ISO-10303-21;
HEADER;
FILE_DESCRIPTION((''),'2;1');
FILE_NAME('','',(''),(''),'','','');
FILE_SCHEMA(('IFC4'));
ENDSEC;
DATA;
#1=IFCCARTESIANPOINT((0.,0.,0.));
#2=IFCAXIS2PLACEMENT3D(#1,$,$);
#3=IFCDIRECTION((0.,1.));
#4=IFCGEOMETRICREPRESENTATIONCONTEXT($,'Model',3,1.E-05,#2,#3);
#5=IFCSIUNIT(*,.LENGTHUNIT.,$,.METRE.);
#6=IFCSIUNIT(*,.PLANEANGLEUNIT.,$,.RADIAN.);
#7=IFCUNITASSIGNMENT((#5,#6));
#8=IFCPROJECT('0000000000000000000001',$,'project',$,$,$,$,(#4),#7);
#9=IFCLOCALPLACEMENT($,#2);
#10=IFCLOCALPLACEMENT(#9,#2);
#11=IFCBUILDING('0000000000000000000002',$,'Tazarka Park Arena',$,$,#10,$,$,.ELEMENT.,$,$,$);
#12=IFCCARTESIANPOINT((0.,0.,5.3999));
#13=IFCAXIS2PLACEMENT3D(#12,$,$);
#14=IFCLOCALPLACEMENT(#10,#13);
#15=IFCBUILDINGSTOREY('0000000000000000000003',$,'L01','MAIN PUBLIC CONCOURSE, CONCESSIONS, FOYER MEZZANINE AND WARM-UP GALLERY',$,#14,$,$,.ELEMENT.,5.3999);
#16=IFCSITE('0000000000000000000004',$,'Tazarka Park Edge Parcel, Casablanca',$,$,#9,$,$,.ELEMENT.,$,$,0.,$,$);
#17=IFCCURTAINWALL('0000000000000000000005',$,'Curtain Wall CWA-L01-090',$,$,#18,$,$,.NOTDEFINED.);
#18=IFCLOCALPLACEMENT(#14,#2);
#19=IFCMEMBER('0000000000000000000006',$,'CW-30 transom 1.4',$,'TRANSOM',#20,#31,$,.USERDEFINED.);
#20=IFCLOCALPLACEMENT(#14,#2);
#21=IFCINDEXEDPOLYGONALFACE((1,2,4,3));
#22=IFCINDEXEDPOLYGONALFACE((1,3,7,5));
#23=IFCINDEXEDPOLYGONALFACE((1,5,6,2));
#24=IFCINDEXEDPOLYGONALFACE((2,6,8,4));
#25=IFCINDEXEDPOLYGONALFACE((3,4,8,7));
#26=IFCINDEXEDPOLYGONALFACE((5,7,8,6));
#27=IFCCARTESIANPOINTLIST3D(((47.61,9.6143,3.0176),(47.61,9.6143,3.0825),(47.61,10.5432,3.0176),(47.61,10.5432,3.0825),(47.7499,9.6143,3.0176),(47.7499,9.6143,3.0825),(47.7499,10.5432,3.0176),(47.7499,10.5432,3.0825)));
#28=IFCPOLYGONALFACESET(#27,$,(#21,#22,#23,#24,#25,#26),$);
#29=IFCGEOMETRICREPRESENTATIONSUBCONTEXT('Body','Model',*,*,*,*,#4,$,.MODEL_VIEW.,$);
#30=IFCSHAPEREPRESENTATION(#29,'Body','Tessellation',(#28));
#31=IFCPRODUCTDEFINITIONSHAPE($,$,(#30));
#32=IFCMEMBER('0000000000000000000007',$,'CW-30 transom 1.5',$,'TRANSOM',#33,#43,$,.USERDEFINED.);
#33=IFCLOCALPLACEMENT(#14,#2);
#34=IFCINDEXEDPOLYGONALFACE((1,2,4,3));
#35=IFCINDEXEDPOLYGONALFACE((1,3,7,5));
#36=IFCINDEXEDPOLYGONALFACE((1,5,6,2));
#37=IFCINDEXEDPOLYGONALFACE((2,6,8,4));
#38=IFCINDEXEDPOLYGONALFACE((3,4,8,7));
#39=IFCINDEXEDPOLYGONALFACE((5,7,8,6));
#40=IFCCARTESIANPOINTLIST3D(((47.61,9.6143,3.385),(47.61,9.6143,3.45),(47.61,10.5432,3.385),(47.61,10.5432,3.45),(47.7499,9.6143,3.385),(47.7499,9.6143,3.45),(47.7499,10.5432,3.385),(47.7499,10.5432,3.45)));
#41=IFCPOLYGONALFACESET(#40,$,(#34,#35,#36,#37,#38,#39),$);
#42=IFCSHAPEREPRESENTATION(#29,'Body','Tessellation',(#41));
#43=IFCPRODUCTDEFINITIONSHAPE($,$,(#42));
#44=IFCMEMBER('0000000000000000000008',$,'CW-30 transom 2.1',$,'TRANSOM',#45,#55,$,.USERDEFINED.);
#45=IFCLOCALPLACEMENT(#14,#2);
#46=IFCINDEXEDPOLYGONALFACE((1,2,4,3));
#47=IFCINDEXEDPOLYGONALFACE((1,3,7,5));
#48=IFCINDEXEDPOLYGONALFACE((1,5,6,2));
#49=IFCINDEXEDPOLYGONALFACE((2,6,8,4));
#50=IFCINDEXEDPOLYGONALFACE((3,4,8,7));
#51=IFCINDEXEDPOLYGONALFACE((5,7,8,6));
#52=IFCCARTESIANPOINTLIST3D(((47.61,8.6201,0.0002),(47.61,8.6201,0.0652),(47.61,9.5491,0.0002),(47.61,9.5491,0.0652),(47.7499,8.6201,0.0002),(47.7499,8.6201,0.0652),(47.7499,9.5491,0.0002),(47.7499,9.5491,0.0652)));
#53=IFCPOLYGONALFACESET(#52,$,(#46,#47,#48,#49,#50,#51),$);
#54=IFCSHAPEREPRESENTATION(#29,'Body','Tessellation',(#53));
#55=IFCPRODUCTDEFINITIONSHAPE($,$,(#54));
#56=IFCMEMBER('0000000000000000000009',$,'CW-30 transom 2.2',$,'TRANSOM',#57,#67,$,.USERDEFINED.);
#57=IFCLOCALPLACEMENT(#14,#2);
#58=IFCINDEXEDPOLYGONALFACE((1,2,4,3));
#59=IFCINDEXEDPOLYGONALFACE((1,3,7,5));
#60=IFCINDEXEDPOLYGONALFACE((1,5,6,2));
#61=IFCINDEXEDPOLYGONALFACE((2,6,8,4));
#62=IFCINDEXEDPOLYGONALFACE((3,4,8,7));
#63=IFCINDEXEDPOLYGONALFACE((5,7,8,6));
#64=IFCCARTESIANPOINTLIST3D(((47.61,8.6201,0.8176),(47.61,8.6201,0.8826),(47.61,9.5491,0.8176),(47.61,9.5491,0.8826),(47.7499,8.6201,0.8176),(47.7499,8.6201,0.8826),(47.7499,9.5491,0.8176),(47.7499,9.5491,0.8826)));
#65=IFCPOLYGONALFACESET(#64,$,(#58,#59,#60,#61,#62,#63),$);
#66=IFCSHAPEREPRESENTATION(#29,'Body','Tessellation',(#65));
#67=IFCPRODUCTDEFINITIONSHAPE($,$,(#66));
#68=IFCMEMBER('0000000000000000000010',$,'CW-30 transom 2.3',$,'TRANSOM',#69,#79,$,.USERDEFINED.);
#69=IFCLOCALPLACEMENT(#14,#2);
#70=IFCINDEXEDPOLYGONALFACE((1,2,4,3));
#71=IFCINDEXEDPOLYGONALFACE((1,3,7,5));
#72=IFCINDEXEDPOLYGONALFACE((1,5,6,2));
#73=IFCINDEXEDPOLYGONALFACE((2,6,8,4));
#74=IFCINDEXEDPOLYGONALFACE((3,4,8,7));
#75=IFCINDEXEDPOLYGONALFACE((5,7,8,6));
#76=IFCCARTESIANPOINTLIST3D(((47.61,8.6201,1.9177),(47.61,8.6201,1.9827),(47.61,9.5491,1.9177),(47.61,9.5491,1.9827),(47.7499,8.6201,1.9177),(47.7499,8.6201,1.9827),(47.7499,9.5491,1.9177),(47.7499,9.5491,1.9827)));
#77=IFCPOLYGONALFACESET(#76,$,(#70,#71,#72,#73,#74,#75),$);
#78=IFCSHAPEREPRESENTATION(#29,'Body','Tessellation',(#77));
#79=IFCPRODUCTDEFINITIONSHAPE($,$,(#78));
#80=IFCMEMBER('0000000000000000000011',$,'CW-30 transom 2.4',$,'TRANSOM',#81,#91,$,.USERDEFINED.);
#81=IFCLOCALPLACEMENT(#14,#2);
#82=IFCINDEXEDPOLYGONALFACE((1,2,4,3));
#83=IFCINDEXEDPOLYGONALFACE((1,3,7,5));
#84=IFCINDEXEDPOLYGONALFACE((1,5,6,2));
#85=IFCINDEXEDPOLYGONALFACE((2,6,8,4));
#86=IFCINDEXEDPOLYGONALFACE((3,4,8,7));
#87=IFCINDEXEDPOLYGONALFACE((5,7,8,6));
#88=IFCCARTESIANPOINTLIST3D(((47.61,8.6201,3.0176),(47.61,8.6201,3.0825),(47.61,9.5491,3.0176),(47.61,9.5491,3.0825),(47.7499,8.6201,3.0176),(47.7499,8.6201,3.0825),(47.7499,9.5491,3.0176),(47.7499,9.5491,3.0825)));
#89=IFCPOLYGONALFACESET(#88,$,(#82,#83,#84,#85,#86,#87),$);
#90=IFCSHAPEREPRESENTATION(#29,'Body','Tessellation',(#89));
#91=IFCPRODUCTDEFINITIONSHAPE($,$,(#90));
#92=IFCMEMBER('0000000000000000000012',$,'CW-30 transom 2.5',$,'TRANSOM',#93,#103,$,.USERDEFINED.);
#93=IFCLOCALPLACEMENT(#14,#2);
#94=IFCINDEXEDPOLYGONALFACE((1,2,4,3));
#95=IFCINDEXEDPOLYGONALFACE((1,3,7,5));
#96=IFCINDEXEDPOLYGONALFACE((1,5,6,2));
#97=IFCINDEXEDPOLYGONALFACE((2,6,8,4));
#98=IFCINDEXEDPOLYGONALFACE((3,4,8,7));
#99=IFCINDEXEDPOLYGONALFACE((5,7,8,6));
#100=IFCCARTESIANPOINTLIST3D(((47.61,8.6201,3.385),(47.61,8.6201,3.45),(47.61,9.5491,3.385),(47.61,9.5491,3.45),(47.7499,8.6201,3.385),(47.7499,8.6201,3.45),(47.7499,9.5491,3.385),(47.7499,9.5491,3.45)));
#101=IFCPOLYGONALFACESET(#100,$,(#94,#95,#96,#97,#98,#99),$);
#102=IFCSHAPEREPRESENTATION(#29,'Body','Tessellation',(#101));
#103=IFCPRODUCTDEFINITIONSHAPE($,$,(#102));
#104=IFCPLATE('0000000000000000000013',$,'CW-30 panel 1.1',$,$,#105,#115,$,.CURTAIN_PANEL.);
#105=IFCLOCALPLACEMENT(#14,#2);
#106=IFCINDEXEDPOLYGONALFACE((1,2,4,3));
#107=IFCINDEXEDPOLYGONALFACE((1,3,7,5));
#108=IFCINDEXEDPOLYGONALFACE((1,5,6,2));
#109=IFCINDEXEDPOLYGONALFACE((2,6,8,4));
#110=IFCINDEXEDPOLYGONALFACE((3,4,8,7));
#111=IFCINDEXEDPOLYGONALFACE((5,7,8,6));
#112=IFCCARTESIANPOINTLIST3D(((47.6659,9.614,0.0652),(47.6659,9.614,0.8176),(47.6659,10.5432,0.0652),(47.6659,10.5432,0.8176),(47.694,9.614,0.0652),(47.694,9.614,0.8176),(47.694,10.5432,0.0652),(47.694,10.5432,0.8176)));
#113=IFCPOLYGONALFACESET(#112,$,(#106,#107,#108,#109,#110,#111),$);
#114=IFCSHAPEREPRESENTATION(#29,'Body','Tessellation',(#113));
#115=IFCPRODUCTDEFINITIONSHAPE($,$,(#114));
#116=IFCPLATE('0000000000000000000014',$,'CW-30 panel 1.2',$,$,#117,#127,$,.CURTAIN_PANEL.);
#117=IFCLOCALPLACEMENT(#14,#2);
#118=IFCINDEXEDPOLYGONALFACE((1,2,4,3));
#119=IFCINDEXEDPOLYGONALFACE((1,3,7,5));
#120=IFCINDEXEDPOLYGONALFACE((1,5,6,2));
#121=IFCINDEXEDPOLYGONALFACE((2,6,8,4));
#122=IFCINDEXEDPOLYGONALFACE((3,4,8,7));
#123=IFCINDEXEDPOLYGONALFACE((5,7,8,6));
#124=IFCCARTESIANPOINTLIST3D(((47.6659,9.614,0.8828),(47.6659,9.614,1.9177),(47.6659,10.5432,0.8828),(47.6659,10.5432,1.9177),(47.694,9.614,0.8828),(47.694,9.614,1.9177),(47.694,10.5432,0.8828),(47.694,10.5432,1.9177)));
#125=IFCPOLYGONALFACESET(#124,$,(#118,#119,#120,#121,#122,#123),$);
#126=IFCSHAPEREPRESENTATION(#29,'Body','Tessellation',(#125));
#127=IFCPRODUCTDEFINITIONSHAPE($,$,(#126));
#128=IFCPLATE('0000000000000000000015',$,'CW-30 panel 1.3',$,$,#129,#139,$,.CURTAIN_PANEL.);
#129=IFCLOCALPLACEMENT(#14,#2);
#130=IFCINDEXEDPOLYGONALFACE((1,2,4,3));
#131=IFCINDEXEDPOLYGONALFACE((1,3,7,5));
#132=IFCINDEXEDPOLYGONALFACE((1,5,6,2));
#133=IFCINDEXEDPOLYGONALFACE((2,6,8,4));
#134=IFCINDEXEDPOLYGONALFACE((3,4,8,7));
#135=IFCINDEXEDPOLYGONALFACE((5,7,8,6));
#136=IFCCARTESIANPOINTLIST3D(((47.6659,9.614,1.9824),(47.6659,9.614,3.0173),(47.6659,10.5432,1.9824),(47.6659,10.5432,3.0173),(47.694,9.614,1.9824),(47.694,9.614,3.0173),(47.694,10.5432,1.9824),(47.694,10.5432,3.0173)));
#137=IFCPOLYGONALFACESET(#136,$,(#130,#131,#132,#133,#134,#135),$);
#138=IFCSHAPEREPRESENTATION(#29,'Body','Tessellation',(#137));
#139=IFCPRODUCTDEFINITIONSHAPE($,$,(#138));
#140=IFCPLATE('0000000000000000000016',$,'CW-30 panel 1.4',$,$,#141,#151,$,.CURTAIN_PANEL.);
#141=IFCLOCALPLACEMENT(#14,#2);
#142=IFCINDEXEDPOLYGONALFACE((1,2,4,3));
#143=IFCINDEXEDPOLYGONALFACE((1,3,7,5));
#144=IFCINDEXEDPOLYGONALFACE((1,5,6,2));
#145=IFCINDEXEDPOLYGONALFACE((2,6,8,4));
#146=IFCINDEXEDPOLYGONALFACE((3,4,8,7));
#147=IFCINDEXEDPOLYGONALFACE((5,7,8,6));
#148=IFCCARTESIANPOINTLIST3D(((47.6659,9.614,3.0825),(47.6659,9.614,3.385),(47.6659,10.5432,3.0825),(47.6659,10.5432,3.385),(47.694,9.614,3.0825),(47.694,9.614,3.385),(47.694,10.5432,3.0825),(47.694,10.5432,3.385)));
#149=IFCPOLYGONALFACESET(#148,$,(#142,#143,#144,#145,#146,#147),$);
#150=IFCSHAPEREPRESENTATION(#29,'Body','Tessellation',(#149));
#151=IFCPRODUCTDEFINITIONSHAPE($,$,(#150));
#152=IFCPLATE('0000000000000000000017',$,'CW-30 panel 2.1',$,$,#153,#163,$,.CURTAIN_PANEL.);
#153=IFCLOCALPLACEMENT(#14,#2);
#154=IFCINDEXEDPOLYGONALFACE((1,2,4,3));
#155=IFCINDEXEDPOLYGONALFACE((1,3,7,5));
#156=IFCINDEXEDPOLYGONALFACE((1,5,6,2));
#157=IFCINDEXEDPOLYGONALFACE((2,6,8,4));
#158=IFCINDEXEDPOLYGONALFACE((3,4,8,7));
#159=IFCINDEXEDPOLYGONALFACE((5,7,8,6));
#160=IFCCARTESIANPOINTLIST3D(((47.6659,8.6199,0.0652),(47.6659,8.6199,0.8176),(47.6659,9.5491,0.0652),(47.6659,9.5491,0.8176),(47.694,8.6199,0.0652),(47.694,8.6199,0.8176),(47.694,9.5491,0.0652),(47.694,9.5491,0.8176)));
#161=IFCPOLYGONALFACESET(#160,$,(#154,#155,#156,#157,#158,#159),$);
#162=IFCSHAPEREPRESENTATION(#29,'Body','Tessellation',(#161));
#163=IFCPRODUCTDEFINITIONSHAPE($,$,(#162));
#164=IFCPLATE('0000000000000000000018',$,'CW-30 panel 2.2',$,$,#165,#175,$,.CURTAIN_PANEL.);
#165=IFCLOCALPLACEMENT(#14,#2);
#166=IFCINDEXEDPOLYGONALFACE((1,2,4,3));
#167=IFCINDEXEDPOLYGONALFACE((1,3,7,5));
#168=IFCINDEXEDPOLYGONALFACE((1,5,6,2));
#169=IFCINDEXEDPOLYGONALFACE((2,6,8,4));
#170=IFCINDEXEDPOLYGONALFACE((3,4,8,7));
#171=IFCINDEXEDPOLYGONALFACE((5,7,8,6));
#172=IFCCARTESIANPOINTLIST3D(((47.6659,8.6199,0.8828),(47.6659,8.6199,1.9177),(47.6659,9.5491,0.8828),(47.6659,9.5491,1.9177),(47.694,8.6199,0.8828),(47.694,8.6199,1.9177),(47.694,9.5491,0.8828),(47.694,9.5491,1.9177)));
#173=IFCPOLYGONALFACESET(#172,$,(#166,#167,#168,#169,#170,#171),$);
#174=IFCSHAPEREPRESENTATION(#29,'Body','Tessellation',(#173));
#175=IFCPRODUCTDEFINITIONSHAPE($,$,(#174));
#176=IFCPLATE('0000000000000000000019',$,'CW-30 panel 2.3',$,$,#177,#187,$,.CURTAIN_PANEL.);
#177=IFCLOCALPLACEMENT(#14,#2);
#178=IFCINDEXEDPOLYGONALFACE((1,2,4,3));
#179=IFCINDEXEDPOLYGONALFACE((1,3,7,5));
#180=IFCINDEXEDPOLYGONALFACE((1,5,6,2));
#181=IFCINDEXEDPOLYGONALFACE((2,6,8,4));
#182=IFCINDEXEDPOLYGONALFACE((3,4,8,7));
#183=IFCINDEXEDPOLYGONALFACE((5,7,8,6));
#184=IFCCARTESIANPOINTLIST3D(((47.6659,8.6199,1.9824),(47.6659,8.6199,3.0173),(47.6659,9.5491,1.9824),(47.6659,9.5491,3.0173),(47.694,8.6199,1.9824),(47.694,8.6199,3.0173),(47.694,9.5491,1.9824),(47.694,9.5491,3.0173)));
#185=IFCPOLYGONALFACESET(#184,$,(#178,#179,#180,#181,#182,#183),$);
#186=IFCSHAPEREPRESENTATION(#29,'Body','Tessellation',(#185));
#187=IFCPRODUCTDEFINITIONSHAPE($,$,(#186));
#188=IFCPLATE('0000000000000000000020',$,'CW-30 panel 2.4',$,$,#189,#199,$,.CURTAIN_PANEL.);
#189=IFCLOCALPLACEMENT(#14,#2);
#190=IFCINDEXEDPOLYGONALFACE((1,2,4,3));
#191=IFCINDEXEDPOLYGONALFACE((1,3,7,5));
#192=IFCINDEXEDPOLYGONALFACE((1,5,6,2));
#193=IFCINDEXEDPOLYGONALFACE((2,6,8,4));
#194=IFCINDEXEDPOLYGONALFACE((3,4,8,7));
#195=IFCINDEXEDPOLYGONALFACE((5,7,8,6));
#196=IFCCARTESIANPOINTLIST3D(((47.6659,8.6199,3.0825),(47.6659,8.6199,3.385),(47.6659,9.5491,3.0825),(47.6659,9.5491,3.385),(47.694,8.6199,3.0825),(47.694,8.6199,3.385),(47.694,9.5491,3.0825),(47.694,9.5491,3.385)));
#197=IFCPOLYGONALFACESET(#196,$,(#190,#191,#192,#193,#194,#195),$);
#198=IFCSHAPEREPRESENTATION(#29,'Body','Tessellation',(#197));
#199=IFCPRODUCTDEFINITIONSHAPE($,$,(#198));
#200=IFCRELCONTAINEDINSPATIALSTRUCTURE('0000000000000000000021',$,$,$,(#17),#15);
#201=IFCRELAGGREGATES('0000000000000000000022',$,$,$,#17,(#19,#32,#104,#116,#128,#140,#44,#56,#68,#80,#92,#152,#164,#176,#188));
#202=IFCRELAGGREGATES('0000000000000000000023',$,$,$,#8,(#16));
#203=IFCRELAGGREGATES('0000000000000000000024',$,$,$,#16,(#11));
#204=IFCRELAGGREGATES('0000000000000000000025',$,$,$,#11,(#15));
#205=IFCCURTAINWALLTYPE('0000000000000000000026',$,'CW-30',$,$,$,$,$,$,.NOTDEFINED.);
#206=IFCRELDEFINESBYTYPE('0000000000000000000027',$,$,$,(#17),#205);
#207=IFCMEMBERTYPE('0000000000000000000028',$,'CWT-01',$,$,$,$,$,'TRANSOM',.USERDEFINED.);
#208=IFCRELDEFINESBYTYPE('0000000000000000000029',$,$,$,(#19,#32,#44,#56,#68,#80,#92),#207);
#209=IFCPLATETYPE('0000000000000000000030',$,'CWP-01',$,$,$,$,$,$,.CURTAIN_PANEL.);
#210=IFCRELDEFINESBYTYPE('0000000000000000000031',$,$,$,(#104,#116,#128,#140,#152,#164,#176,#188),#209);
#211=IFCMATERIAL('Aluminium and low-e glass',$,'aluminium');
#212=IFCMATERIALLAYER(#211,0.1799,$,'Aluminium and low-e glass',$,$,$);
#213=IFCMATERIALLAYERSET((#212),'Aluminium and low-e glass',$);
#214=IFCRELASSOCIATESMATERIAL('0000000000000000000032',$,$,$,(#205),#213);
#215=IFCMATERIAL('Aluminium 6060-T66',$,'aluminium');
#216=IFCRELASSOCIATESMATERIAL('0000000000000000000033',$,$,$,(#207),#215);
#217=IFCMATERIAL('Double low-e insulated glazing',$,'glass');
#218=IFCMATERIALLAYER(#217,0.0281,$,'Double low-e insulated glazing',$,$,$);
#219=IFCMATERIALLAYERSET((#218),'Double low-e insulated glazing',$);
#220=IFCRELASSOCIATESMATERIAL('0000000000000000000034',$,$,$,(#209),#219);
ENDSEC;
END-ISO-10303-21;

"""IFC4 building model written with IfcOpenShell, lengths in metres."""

from ifc_helpers import new_model, si_unit, direction, frame, origin, origin_2d, place, context, subcontext, project, spatial, rectangle, extrude, material, layer, layer_set, material_profile, profile_set, type_object, element, aggregate, save


model = new_model("IFC4")

# Units and contexts
model_context = context("Model", 3, precision=1e-05, world=origin(), true_north=direction((0.0, 1.0)))
body_context = subcontext(model_context, "Body", "Model", "MODEL_VIEW")
ifc_project = project(units=[si_unit("LENGTHUNIT", "METRE"), si_unit("PLANEANGLEUNIT", "RADIAN")], contexts=[model_context])

# Site, building, storey
site_placement = place(None, origin())
site = spatial("IfcSite", under=ifc_project, at=site_placement, Name="Tazarka Park Edge Parcel, Casablanca", CompositionType="ELEMENT", RefElevation=0.0)
building_placement = place(site_placement, origin())
building = spatial("IfcBuilding", under=site, at=building_placement, Name="Tazarka Park Arena", CompositionType="ELEMENT")
storey_placement = place(building_placement, frame((0.0, 0.0, 5.3999)))
storey = spatial("IfcBuildingStorey", under=building, at=storey_placement, Name="L01", Description="MAIN PUBLIC CONCOURSE, CONCESSIONS, FOYER MEZZANINE AND WARM-UP GALLERY", CompositionType="ELEMENT", Elevation=5.3999)

# Curtain wall
ifc_material_1 = material(Name="Aluminium and low-e glass", Category="aluminium")
ifc_layer_1 = layer(ifc_material_1, 0.1799, Name="Aluminium and low-e glass")
ifc_layer_set_1 = layer_set([ifc_layer_1], Name="Aluminium and low-e glass")
curtain_wall_type_1 = type_object("IfcCurtainWallType", Name="CW-30", PredefinedType="NOTDEFINED", material=ifc_layer_set_1)
curtain_wall_1_placement = place(storey_placement, origin())
curtain_wall_1 = element("IfcCurtainWall", 1, at=curtain_wall_1_placement, inside=storey, type_object=curtain_wall_type_1, Name="Curtain Wall CWA-L01-090", PredefinedType="NOTDEFINED")

# Members
ifc_material_2 = material(Name="Aluminium 6060-T66", Category="aluminium")
ifc_material_profile_1 = material_profile(ifc_material_2, rectangle(XDim=0.1399, YDim=0.0649, at=origin_2d()), Name="Aluminium 6060-T66")
ifc_profile_set_1 = profile_set([ifc_material_profile_1], Name="Aluminium 6060-T66")
member_type_1 = type_object("IfcMemberType", Name="CWT-01", ElementType="TRANSOM", PredefinedType="USERDEFINED", material=ifc_profile_set_1)
member_1_placement = place(storey_placement, frame((47.6799, 10.5432, 3.05), z_axis=(0.0, -1.0, 0.0), x_axis=(1.0, 0.0, 0.0)))
member_1 = element("IfcMember", 2, at=member_1_placement, type_object=member_type_1, Name="CW-30 transom 1.4", ObjectType="TRANSOM", PredefinedType="USERDEFINED", context=body_context, shape_type="SweptSolid", body=[
    extrude(rectangle(XDim=0.1399, YDim=0.0649, at=origin_2d()), origin(), (0.0, 0.0, 1.0), 0.929),
])
member_2_placement = place(storey_placement, frame((47.6799, 10.5432, 3.4175), z_axis=(0.0, -1.0, 0.0), x_axis=(1.0, 0.0, 0.0)))
member_2 = element("IfcMember", 3, at=member_2_placement, type_object=member_type_1, Name="CW-30 transom 1.5", ObjectType="TRANSOM", PredefinedType="USERDEFINED", context=body_context, shape_type="SweptSolid", body=[
    extrude(rectangle(XDim=0.1399, YDim=0.0649, at=origin_2d()), origin(), (0.0, 0.0, 1.0), 0.929),
])
member_3_placement = place(storey_placement, frame((47.6799, 9.5491, 0.0327), z_axis=(0.0, -1.0, 0.0), x_axis=(1.0, 0.0, 0.0)))
member_3 = element("IfcMember", 4, at=member_3_placement, type_object=member_type_1, Name="CW-30 transom 2.1", ObjectType="TRANSOM", PredefinedType="USERDEFINED", context=body_context, shape_type="SweptSolid", body=[
    extrude(rectangle(XDim=0.1399, YDim=0.0649, at=origin_2d()), origin(), (0.0, 0.0, 1.0), 0.929),
])
member_4_placement = place(storey_placement, frame((47.6799, 9.5491, 0.8501), z_axis=(0.0, -1.0, 0.0), x_axis=(1.0, 0.0, 0.0)))
member_4 = element("IfcMember", 5, at=member_4_placement, type_object=member_type_1, Name="CW-30 transom 2.2", ObjectType="TRANSOM", PredefinedType="USERDEFINED", context=body_context, shape_type="SweptSolid", body=[
    extrude(rectangle(XDim=0.1399, YDim=0.0649, at=origin_2d()), origin(), (0.0, 0.0, 1.0), 0.929),
])
member_5_placement = place(storey_placement, frame((47.6799, 9.5491, 1.9502), z_axis=(0.0, -1.0, 0.0), x_axis=(1.0, 0.0, 0.0)))
member_5 = element("IfcMember", 6, at=member_5_placement, type_object=member_type_1, Name="CW-30 transom 2.3", ObjectType="TRANSOM", PredefinedType="USERDEFINED", context=body_context, shape_type="SweptSolid", body=[
    extrude(rectangle(XDim=0.1399, YDim=0.0649, at=origin_2d()), origin(), (0.0, 0.0, 1.0), 0.929),
])
member_6_placement = place(storey_placement, frame((47.6799, 9.5491, 3.05), z_axis=(0.0, -1.0, 0.0), x_axis=(1.0, 0.0, 0.0)))
member_6 = element("IfcMember", 7, at=member_6_placement, type_object=member_type_1, Name="CW-30 transom 2.4", ObjectType="TRANSOM", PredefinedType="USERDEFINED", context=body_context, shape_type="SweptSolid", body=[
    extrude(rectangle(XDim=0.1399, YDim=0.0649, at=origin_2d()), origin(), (0.0, 0.0, 1.0), 0.929),
])
member_7_placement = place(storey_placement, frame((47.6799, 9.5491, 3.4175), z_axis=(0.0, -1.0, 0.0), x_axis=(1.0, 0.0, 0.0)))
member_7 = element("IfcMember", 8, at=member_7_placement, type_object=member_type_1, Name="CW-30 transom 2.5", ObjectType="TRANSOM", PredefinedType="USERDEFINED", context=body_context, shape_type="SweptSolid", body=[
    extrude(rectangle(XDim=0.1399, YDim=0.0649, at=origin_2d()), origin(), (0.0, 0.0, 1.0), 0.929),
])

# Plates
ifc_material_3 = material(Name="Double low-e insulated glazing", Category="glass")
ifc_layer_2 = layer(ifc_material_3, 0.0281, Name="Double low-e insulated glazing")
ifc_layer_set_2 = layer_set([ifc_layer_2], Name="Double low-e insulated glazing")
plate_type_1 = type_object("IfcPlateType", Name="CWP-01", PredefinedType="CURTAIN_PANEL", material=ifc_layer_set_2)
plate_1_placement = place(storey_placement, frame((47.6799, 10.0786, 0.0652), z_axis=(0.0, 0.0, 1.0), x_axis=(0.0, -1.0, 0.0)))
plate_1 = element("IfcPlate", 9, at=plate_1_placement, type_object=plate_type_1, Name="CW-30 panel 1.1", PredefinedType="CURTAIN_PANEL", context=body_context, shape_type="SweptSolid", body=[
    extrude(rectangle(XDim=0.9292, YDim=0.0281, at=origin_2d()), origin(), (0.0, 0.0, 1.0), 0.7524),
])
plate_2_placement = place(storey_placement, frame((47.6799, 10.0786, 0.8828), z_axis=(0.0, 0.0, 1.0), x_axis=(0.0, -1.0, 0.0)))
plate_2 = element("IfcPlate", 10, at=plate_2_placement, type_object=plate_type_1, Name="CW-30 panel 1.2", PredefinedType="CURTAIN_PANEL", context=body_context, shape_type="SweptSolid", body=[
    extrude(rectangle(XDim=0.9292, YDim=0.0281, at=origin_2d()), origin(), (0.0, 0.0, 1.0), 1.0349),
])
plate_3_placement = place(storey_placement, frame((47.6799, 10.0786, 1.9824), z_axis=(0.0, 0.0, 1.0), x_axis=(0.0, -1.0, 0.0)))
plate_3 = element("IfcPlate", 11, at=plate_3_placement, type_object=plate_type_1, Name="CW-30 panel 1.3", PredefinedType="CURTAIN_PANEL", context=body_context, shape_type="SweptSolid", body=[
    extrude(rectangle(XDim=0.9292, YDim=0.0281, at=origin_2d()), origin(), (0.0, 0.0, 1.0), 1.0349),
])
plate_4_placement = place(storey_placement, frame((47.6799, 10.0786, 3.0825), z_axis=(0.0, 0.0, 1.0), x_axis=(0.0, -1.0, 0.0)))
plate_4 = element("IfcPlate", 12, at=plate_4_placement, type_object=plate_type_1, Name="CW-30 panel 1.4", PredefinedType="CURTAIN_PANEL", context=body_context, shape_type="SweptSolid", body=[
    extrude(rectangle(XDim=0.9292, YDim=0.0281, at=origin_2d()), origin(), (0.0, 0.0, 1.0), 0.3025),
])
plate_5_placement = place(storey_placement, frame((47.6799, 9.0845, 0.0652), z_axis=(0.0, 0.0, 1.0), x_axis=(0.0, -1.0, 0.0)))
plate_5 = element("IfcPlate", 13, at=plate_5_placement, type_object=plate_type_1, Name="CW-30 panel 2.1", PredefinedType="CURTAIN_PANEL", context=body_context, shape_type="SweptSolid", body=[
    extrude(rectangle(XDim=0.9292, YDim=0.0281, at=origin_2d()), origin(), (0.0, 0.0, 1.0), 0.7524),
])
plate_6_placement = place(storey_placement, frame((47.6799, 9.0845, 0.8828), z_axis=(0.0, 0.0, 1.0), x_axis=(0.0, -1.0, 0.0)))
plate_6 = element("IfcPlate", 14, at=plate_6_placement, type_object=plate_type_1, Name="CW-30 panel 2.2", PredefinedType="CURTAIN_PANEL", context=body_context, shape_type="SweptSolid", body=[
    extrude(rectangle(XDim=0.9292, YDim=0.0281, at=origin_2d()), origin(), (0.0, 0.0, 1.0), 1.0349),
])
plate_7_placement = place(storey_placement, frame((47.6799, 9.0845, 1.9824), z_axis=(0.0, 0.0, 1.0), x_axis=(0.0, -1.0, 0.0)))
plate_7 = element("IfcPlate", 15, at=plate_7_placement, type_object=plate_type_1, Name="CW-30 panel 2.3", PredefinedType="CURTAIN_PANEL", context=body_context, shape_type="SweptSolid", body=[
    extrude(rectangle(XDim=0.9292, YDim=0.0281, at=origin_2d()), origin(), (0.0, 0.0, 1.0), 1.0349),
])
plate_8_placement = place(storey_placement, frame((47.6799, 9.0845, 3.0825), z_axis=(0.0, 0.0, 1.0), x_axis=(0.0, -1.0, 0.0)))
plate_8 = element("IfcPlate", 16, at=plate_8_placement, type_object=plate_type_1, Name="CW-30 panel 2.4", PredefinedType="CURTAIN_PANEL", context=body_context, shape_type="SweptSolid", body=[
    extrude(rectangle(XDim=0.9292, YDim=0.0281, at=origin_2d()), origin(), (0.0, 0.0, 1.0), 0.3025),
])
aggregate(curtain_wall_1, [member_1, member_2, plate_1, plate_2, plate_3, plate_4, member_3, member_4, member_5, member_6, member_7, plate_5, plate_6, plate_7, plate_8])

save(model, "model.ifc")
